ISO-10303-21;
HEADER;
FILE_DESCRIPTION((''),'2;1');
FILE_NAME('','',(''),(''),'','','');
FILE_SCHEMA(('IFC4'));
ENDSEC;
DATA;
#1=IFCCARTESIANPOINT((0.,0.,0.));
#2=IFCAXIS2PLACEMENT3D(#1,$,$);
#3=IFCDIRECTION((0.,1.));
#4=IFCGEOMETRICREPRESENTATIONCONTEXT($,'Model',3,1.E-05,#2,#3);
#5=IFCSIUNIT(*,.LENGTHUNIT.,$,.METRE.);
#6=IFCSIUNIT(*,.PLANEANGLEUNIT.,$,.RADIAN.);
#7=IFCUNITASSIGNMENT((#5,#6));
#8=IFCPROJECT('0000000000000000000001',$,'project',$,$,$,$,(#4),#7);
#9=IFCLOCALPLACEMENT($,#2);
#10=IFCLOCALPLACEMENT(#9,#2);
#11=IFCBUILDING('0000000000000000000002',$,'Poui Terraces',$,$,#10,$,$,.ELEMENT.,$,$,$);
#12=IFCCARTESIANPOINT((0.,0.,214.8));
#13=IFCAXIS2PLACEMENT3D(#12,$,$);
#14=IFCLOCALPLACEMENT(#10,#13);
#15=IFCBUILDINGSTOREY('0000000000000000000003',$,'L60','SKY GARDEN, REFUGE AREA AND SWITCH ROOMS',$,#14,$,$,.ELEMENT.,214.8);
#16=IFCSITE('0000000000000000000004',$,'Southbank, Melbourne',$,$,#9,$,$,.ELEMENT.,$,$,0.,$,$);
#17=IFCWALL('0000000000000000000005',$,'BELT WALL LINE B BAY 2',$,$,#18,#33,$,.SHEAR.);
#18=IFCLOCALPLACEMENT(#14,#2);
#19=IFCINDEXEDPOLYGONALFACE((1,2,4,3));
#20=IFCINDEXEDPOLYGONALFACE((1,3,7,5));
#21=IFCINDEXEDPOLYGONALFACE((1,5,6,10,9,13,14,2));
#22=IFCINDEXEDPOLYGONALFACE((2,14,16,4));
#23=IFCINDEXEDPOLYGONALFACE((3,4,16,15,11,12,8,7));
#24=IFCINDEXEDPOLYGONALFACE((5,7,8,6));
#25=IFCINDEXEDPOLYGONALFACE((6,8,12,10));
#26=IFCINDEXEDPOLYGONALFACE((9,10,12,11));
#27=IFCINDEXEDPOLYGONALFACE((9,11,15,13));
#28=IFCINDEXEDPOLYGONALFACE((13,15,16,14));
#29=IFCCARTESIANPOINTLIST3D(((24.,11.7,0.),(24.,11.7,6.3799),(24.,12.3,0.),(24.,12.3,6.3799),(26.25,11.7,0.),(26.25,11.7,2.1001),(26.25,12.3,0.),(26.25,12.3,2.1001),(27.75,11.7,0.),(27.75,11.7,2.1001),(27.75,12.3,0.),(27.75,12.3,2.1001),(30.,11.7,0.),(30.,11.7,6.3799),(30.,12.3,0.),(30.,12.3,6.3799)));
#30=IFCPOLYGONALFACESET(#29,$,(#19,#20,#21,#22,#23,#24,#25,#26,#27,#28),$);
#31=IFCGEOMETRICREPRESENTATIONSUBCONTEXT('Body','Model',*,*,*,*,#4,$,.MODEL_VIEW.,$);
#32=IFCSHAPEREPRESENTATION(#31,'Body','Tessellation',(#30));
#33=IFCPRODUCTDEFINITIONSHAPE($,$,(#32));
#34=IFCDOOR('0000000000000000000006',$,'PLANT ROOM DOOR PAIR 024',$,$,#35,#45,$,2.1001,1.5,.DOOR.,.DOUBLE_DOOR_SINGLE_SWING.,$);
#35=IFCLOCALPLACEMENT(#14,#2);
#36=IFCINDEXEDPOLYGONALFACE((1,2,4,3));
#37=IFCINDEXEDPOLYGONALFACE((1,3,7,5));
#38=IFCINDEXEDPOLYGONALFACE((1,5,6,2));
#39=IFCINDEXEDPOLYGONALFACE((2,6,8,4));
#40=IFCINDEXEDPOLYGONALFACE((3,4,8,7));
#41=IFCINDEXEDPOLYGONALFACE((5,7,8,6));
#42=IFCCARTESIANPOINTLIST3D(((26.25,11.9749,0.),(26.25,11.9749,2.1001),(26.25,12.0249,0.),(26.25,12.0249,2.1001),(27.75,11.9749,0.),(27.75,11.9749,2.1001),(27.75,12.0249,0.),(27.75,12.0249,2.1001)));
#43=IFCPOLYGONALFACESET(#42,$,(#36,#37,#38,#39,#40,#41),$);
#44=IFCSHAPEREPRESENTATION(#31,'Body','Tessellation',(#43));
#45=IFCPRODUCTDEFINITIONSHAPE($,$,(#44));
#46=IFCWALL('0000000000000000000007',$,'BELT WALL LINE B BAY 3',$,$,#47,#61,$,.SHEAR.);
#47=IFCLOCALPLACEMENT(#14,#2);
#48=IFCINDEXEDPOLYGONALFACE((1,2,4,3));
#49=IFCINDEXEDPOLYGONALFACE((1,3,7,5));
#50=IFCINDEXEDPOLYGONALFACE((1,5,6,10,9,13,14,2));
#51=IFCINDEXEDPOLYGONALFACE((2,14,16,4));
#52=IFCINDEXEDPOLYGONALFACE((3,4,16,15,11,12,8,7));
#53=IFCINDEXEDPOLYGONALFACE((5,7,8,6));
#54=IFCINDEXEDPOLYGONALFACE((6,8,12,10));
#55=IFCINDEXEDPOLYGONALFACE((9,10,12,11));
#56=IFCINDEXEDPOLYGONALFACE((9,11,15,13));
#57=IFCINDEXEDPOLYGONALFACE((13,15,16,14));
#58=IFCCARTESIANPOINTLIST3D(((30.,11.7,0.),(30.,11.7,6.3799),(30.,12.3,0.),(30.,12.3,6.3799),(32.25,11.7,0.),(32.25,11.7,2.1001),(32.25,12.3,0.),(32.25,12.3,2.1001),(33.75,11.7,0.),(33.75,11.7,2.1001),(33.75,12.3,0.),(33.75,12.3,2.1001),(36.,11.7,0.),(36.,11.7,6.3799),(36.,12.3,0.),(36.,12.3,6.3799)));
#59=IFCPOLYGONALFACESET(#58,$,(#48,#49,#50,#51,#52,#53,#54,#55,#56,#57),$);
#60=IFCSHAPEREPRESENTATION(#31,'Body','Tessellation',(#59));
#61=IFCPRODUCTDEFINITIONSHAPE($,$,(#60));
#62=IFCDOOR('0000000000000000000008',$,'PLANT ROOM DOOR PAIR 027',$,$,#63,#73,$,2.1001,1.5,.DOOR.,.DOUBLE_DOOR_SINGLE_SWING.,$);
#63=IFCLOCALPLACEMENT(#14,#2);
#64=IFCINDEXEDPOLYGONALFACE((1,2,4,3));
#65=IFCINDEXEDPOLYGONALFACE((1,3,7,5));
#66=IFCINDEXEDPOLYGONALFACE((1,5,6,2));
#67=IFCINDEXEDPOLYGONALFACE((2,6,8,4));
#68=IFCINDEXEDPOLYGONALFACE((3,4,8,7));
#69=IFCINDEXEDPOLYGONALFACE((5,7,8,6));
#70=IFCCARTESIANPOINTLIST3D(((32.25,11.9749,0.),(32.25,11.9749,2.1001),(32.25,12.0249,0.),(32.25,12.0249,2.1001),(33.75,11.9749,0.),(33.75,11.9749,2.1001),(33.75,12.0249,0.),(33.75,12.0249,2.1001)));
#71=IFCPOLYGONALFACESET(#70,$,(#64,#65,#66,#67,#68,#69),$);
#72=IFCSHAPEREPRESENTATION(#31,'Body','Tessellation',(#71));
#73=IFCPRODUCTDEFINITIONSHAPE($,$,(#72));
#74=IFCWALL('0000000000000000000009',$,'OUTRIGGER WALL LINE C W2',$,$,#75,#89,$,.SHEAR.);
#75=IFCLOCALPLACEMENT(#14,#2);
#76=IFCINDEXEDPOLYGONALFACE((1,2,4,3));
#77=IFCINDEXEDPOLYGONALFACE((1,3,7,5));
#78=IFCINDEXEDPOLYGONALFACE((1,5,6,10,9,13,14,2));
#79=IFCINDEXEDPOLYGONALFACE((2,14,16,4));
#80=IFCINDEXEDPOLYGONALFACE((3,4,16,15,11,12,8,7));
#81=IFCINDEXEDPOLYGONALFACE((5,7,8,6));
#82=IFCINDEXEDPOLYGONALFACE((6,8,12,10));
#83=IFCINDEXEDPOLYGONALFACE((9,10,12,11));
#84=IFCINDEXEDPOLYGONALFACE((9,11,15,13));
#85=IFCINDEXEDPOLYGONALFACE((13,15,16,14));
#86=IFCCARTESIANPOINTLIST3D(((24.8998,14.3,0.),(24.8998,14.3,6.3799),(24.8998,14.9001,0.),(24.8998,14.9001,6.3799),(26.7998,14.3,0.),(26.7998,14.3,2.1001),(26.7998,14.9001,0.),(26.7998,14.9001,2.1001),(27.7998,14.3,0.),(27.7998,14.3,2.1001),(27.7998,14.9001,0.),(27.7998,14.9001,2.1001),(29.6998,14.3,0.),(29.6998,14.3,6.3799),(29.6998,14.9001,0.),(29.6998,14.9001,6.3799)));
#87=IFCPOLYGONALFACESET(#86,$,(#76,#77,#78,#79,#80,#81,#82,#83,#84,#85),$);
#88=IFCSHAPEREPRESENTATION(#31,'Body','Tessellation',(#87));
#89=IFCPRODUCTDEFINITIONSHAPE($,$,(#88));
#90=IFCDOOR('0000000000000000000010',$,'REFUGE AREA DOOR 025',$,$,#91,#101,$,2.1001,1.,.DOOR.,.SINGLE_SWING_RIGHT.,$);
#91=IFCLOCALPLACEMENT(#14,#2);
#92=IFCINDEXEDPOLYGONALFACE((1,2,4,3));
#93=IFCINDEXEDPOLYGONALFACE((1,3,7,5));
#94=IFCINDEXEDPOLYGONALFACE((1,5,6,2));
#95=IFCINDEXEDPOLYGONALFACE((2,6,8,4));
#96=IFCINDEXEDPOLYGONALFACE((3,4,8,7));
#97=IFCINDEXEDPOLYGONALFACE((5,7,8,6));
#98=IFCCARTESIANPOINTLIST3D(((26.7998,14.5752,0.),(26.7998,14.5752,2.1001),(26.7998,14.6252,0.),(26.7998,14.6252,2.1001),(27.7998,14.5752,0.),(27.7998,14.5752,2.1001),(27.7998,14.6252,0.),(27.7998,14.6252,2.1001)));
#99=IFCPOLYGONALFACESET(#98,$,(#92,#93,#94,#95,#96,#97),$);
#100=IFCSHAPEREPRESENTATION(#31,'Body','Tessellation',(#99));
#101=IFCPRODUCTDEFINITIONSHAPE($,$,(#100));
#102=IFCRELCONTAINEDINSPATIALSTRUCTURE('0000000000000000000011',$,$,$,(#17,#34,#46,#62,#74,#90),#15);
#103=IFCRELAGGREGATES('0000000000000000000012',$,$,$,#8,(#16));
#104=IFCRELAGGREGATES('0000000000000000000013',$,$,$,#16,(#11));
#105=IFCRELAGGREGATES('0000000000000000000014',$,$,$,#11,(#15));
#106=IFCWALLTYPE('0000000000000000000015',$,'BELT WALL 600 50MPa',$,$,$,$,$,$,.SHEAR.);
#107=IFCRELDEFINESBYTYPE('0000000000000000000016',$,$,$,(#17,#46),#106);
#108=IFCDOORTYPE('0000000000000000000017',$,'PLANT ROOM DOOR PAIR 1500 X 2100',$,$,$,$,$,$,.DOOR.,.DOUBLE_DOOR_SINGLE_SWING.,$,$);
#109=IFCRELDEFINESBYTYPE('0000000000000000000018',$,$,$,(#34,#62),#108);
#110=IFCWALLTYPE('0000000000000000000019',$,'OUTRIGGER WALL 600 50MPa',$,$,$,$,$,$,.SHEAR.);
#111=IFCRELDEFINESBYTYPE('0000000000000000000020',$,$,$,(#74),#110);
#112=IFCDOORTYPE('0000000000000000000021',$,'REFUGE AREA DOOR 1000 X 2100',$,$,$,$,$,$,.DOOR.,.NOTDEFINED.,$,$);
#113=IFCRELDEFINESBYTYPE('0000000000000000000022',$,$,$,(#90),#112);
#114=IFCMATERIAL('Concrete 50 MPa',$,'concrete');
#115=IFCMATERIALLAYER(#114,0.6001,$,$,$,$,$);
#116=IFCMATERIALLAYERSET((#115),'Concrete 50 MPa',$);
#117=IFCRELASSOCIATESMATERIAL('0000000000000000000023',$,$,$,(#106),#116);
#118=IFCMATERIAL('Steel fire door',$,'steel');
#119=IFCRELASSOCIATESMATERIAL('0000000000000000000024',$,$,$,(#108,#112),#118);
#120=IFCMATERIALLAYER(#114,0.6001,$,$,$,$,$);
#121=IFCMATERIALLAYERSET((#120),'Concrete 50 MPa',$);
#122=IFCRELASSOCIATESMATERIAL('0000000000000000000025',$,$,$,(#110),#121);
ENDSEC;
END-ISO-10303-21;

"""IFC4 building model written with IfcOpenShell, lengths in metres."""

from ifc_helpers import new_model, si_unit, direction, frame, frame_2d, origin, place, context, subcontext, project, spatial, rectangle, extrude, material, layer, layer_set, type_object, element, fill, save


model = new_model("IFC4")

# Units and contexts
model_context = context("Model", 3, precision=1e-05, world=origin(), true_north=direction((0.0, 1.0)))
body_context = subcontext(model_context, "Body", "Model", "MODEL_VIEW")
ifc_project = project(units=[si_unit("LENGTHUNIT", "METRE"), si_unit("PLANEANGLEUNIT", "RADIAN")], contexts=[model_context])

# Site, building, storey
site_placement = place(None, origin())
site = spatial("IfcSite", under=ifc_project, at=site_placement, Name="Southbank, Melbourne", CompositionType="ELEMENT", RefElevation=0.0)
building_placement = place(site_placement, origin())
building = spatial("IfcBuilding", under=site, at=building_placement, Name="Poui Terraces", CompositionType="ELEMENT")
storey_placement = place(building_placement, frame((0.0, 0.0, 214.8)))
storey = spatial("IfcBuildingStorey", under=building, at=storey_placement, Name="L60", Description="SKY GARDEN, REFUGE AREA AND SWITCH ROOMS", CompositionType="ELEMENT", Elevation=214.8)

# Walls, openings, doors
ifc_material_1 = material(Name="Concrete 50 MPa", Category="concrete")
ifc_layer_1 = layer(ifc_material_1, 0.6001)
ifc_layer_set_1 = layer_set([ifc_layer_1], Name="Concrete 50 MPa")
wall_type_1 = type_object("IfcWallType", Name="BELT WALL 600 50MPa", PredefinedType="SHEAR", material=ifc_layer_set_1)
wall_1_placement = place(storey_placement, frame((24.0, 12.0, 0.0), z_axis=(0.0, 0.0, 1.0), x_axis=(1.0, 0.0, 0.0)))
wall_1 = element("IfcWall", 1, at=wall_1_placement, inside=storey, type_object=wall_type_1, Name="BELT WALL LINE B BAY 2", PredefinedType="SHEAR", context=body_context, shape_type="SweptSolid", body=[
    extrude(rectangle(XDim=6.0, YDim=0.6001, at=frame_2d((3.0, 0.0))), origin(), (0.0, 0.0, 1.0), 6.3799),
])
opening_1_placement = place(wall_1_placement, frame((2.25, 0.0, 0.0)))
opening_1 = element("IfcOpeningElement", 2, at=opening_1_placement, cuts=wall_1, PredefinedType="OPENING", context=body_context, shape_type="SweptSolid", body=[
    extrude(rectangle(XDim=1.5, YDim=2.1001, at=frame_2d((0.75, 1.05))), frame((0.0, 0.3101, 0.0), z_axis=(0.0, -1.0, 0.0), x_axis=(1.0, 0.0, 0.0)), (0.0, 0.0, 1.0), 0.6201),
])
ifc_material_2 = material(Name="Steel fire door", Category="steel")
door_type_1 = type_object("IfcDoorType", Name="PLANT ROOM DOOR PAIR 1500 X 2100", OperationType="DOUBLE_DOOR_SINGLE_SWING", PredefinedType="DOOR", material=ifc_material_2)
door_1_placement = place(opening_1_placement, origin())
door_1 = element("IfcDoor", 3, at=door_1_placement, inside=storey, type_object=door_type_1, Name="PLANT ROOM DOOR PAIR 024", OperationType="DOUBLE_DOOR_SINGLE_SWING", OverallHeight=2.1001, OverallWidth=1.5, PredefinedType="DOOR", context=body_context, shape_type="SweptSolid", body=[
    extrude(rectangle(XDim=1.5, YDim=2.1001, at=frame_2d((0.75, 1.05))), frame((0.0, 0.0249, 0.0), z_axis=(0.0, -1.0, 0.0), x_axis=(1.0, 0.0, 0.0)), (0.0, 0.0, 1.0), 0.05),
])
fill(opening_1, door_1)
wall_2_placement = place(storey_placement, frame((30.0, 12.0, 0.0), z_axis=(0.0, 0.0, 1.0), x_axis=(1.0, 0.0, 0.0)))
wall_2 = element("IfcWall", 4, at=wall_2_placement, inside=storey, type_object=wall_type_1, Name="BELT WALL LINE B BAY 3", PredefinedType="SHEAR", context=body_context, shape_type="SweptSolid", body=[
    extrude(rectangle(XDim=6.0, YDim=0.6001, at=frame_2d((3.0, 0.0))), origin(), (0.0, 0.0, 1.0), 6.3799),
])
opening_2_placement = place(wall_2_placement, frame((2.25, 0.0, 0.0)))
opening_2 = element("IfcOpeningElement", 5, at=opening_2_placement, cuts=wall_2, PredefinedType="OPENING", context=body_context, shape_type="SweptSolid", body=[
    extrude(rectangle(XDim=1.5, YDim=2.1001, at=frame_2d((0.75, 1.05))), frame((0.0, 0.3101, 0.0), z_axis=(0.0, -1.0, 0.0), x_axis=(1.0, 0.0, 0.0)), (0.0, 0.0, 1.0), 0.6201),
])
door_2_placement = place(opening_2_placement, origin())
door_2 = element("IfcDoor", 6, at=door_2_placement, inside=storey, type_object=door_type_1, Name="PLANT ROOM DOOR PAIR 027", OperationType="DOUBLE_DOOR_SINGLE_SWING", OverallHeight=2.1001, OverallWidth=1.5, PredefinedType="DOOR", context=body_context, shape_type="SweptSolid", body=[
    extrude(rectangle(XDim=1.5, YDim=2.1001, at=frame_2d((0.75, 1.05))), frame((0.0, 0.0249, 0.0), z_axis=(0.0, -1.0, 0.0), x_axis=(1.0, 0.0, 0.0)), (0.0, 0.0, 1.0), 0.05),
])
fill(opening_2, door_2)
ifc_layer_2 = layer(ifc_material_1, 0.6001)
ifc_layer_set_2 = layer_set([ifc_layer_2], Name="Concrete 50 MPa")
wall_type_2 = type_object("IfcWallType", Name="OUTRIGGER WALL 600 50MPa", PredefinedType="SHEAR", material=ifc_layer_set_2)
wall_3_placement = place(storey_placement, frame((24.8999, 14.6001, 0.0), z_axis=(0.0, 0.0, 1.0), x_axis=(1.0, 0.0, 0.0)))
wall_3 = element("IfcWall", 7, at=wall_3_placement, inside=storey, type_object=wall_type_2, Name="OUTRIGGER WALL LINE C W2", PredefinedType="SHEAR", context=body_context, shape_type="SweptSolid", body=[
    extrude(rectangle(XDim=4.8, YDim=0.6001, at=frame_2d((2.3999, 0.0))), origin(), (0.0, 0.0, 1.0), 6.3799),
])
opening_3_placement = place(wall_3_placement, frame((1.8999, 0.0, 0.0)))
opening_3 = element("IfcOpeningElement", 8, at=opening_3_placement, cuts=wall_3, PredefinedType="OPENING", context=body_context, shape_type="SweptSolid", body=[
    extrude(rectangle(XDim=1.0, YDim=2.1001, at=frame_2d((0.5, 1.05))), frame((0.0, 0.3101, 0.0), z_axis=(0.0, -1.0, 0.0), x_axis=(1.0, 0.0, 0.0)), (0.0, 0.0, 1.0), 0.6201),
])
door_type_2 = type_object("IfcDoorType", Name="REFUGE AREA DOOR 1000 X 2100", OperationType="NOTDEFINED", PredefinedType="DOOR", material=ifc_material_2)
door_3_placement = place(opening_3_placement, frame((1.0, 0.0, 0.0), z_axis=(0.0, 0.0, 1.0), x_axis=(-1.0, 0.0, 0.0)))
door_3 = element("IfcDoor", 9, at=door_3_placement, inside=storey, type_object=door_type_2, Name="REFUGE AREA DOOR 025", OperationType="SINGLE_SWING_RIGHT", OverallHeight=2.1001, OverallWidth=1.0, PredefinedType="DOOR", context=body_context, shape_type="SweptSolid", body=[
    extrude(rectangle(XDim=1.0, YDim=2.1001, at=frame_2d((0.5, 1.05))), frame((0.0, 0.0249, 0.0), z_axis=(0.0, -1.0, 0.0), x_axis=(1.0, 0.0, 0.0)), (0.0, 0.0, 1.0), 0.05),
])
fill(opening_3, door_3)

save(model, "model.ifc")
